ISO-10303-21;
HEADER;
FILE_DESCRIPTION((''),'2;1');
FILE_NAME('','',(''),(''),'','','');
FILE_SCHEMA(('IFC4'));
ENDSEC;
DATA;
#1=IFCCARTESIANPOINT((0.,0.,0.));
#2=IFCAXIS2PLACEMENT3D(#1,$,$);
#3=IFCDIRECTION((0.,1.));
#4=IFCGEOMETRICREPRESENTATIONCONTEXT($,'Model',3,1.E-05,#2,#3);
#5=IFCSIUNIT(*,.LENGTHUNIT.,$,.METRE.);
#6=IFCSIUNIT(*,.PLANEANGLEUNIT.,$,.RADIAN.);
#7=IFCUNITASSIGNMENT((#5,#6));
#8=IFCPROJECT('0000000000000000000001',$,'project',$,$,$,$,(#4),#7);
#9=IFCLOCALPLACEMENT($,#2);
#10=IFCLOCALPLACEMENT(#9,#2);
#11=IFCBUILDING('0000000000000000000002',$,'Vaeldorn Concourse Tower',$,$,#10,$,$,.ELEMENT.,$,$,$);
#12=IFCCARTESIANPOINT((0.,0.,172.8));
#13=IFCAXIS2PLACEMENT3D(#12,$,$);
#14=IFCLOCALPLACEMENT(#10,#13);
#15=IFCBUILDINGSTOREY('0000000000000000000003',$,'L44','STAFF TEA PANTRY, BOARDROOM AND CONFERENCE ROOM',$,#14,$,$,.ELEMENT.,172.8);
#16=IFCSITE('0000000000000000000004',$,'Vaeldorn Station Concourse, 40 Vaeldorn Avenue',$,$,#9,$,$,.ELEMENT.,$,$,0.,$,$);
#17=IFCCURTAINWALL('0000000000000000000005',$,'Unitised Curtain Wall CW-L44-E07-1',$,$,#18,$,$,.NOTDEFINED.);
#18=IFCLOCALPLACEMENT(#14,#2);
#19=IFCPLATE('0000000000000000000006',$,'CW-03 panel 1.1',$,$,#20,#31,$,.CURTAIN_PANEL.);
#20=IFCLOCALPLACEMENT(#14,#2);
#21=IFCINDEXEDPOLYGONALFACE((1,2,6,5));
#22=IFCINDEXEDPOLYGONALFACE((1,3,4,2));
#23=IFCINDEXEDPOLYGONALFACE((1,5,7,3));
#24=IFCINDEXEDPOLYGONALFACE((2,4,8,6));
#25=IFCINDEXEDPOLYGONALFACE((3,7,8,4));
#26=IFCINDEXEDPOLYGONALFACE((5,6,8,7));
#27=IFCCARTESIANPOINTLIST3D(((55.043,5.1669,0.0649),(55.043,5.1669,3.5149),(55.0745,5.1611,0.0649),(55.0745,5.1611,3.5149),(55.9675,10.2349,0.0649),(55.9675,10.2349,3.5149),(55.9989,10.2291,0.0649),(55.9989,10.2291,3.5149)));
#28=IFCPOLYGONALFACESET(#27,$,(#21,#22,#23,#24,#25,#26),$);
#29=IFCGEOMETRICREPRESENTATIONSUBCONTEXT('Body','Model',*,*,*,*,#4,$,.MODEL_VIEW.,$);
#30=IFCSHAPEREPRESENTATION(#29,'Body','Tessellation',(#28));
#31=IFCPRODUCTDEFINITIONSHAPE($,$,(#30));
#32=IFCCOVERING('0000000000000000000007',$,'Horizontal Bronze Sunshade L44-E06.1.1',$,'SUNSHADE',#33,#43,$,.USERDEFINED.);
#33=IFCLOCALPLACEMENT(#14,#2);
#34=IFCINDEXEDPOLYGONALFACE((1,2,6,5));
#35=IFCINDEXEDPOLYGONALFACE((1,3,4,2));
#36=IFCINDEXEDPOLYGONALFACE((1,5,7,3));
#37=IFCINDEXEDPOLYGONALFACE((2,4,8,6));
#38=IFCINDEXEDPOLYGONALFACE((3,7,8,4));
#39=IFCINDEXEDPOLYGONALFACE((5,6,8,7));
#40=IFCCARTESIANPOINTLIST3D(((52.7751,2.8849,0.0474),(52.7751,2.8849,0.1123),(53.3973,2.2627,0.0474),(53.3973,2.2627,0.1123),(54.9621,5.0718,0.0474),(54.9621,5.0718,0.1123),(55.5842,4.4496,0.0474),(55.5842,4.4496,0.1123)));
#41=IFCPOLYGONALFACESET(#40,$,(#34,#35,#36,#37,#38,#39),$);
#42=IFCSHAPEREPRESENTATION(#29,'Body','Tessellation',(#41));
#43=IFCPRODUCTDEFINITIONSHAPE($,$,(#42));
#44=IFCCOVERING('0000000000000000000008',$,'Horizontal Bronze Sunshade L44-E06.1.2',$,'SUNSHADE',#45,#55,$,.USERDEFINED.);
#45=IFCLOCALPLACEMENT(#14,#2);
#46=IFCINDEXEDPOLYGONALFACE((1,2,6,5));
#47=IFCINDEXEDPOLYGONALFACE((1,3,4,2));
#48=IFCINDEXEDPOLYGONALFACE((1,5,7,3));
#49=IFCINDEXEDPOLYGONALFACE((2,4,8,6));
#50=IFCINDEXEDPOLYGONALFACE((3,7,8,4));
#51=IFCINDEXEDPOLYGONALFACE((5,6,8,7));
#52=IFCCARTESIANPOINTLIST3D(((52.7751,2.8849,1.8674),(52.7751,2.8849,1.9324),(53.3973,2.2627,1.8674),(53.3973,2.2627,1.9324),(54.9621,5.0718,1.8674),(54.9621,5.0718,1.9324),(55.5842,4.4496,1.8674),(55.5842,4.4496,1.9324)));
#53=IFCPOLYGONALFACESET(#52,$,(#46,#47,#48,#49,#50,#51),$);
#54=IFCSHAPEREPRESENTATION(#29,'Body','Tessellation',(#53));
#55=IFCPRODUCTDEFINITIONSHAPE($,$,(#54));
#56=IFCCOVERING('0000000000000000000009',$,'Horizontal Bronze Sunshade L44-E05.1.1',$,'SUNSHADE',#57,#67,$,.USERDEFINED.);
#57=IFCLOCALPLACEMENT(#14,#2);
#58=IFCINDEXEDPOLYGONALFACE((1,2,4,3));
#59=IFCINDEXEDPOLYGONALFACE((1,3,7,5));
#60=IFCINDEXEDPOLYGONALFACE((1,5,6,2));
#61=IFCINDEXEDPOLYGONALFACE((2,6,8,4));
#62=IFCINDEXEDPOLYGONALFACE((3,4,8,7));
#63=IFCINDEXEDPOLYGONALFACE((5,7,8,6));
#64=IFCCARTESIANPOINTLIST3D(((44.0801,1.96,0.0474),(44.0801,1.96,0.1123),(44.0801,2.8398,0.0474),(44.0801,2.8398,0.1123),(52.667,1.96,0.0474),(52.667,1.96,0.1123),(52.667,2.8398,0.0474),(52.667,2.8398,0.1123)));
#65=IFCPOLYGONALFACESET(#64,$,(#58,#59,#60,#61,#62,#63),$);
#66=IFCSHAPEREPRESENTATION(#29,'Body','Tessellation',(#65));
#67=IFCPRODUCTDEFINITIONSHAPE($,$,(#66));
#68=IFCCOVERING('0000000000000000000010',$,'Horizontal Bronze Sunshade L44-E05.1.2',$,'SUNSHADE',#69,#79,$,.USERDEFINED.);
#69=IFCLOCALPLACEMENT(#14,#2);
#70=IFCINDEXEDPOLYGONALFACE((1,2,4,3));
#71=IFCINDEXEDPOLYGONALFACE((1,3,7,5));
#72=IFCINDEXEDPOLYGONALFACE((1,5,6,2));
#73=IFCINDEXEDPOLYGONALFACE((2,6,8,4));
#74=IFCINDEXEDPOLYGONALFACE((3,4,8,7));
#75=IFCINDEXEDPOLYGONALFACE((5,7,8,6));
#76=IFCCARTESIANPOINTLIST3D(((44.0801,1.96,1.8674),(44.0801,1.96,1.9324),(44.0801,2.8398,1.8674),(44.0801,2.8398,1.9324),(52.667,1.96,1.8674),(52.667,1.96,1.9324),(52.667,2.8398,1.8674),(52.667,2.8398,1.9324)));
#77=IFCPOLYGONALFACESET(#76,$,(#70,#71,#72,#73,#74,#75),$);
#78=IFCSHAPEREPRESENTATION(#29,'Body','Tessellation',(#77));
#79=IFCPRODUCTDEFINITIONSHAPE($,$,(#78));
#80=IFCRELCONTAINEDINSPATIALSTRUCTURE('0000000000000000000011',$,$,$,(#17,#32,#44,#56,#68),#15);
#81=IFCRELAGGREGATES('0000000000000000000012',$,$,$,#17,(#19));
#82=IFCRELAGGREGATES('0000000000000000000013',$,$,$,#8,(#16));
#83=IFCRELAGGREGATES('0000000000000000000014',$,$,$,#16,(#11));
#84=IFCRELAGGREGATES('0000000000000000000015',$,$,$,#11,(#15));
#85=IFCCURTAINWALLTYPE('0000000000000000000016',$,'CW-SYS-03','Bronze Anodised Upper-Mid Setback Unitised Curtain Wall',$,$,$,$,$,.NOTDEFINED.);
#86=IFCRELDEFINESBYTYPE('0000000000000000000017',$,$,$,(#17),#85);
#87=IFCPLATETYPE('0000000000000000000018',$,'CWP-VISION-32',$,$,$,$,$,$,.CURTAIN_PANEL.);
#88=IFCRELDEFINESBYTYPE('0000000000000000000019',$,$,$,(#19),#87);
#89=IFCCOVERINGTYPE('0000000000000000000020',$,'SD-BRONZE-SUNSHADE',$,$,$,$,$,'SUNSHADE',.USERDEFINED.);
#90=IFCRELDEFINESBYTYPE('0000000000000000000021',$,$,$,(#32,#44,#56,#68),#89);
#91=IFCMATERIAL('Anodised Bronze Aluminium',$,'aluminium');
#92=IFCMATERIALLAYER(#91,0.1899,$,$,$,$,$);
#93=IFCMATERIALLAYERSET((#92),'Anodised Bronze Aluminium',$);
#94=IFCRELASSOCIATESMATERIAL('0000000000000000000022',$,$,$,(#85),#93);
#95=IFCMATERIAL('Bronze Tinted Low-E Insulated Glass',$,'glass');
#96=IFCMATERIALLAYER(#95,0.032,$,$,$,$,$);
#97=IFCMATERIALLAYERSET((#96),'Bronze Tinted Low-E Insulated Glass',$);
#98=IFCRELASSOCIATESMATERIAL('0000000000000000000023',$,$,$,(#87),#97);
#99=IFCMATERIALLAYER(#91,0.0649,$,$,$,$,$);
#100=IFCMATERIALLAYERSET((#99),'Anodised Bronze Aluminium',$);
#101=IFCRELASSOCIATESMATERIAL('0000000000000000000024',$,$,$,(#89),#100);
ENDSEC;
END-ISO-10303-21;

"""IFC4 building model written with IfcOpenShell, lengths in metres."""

from ifc_helpers import new_model, si_unit, direction, frame, origin, origin_2d, place, context, subcontext, project, spatial, rectangle, extrude, source, transform, mapped, material, layer, layer_set, type_object, element, aggregate, save


model = new_model("IFC4")

# Units and contexts
model_context = context("Model", 3, precision=1e-05, world=origin(), true_north=direction((0.0, 1.0)))
body_context = subcontext(model_context, "Body", "Model", "MODEL_VIEW")
ifc_project = project(units=[si_unit("LENGTHUNIT", "METRE"), si_unit("PLANEANGLEUNIT", "RADIAN")], contexts=[model_context])

# Site, building, storey
site_placement = place(None, origin())
site = spatial("IfcSite", under=ifc_project, at=site_placement, Name="Vaeldorn Station Concourse, 40 Vaeldorn Avenue", CompositionType="ELEMENT", RefElevation=0.0)
building_placement = place(site_placement, origin())
building = spatial("IfcBuilding", under=site, at=building_placement, Name="Vaeldorn Concourse Tower", CompositionType="ELEMENT")
storey_placement = place(building_placement, frame((0.0, 0.0, 172.8)))
storey = spatial("IfcBuildingStorey", under=building, at=storey_placement, Name="L44", Description="STAFF TEA PANTRY, BOARDROOM AND CONFERENCE ROOM", CompositionType="ELEMENT", Elevation=172.8)

# Curtain wall
ifc_material_1 = material(Name="Anodised Bronze Aluminium", Category="aluminium")
ifc_layer_1 = layer(ifc_material_1, 0.1899)
ifc_layer_set_1 = layer_set([ifc_layer_1], Name="Anodised Bronze Aluminium")
curtain_wall_type = type_object("IfcCurtainWallType", Name="CW-SYS-03", Description="Bronze Anodised Upper-Mid Setback Unitised Curtain Wall", PredefinedType="NOTDEFINED", material=ifc_layer_set_1)
curtain_wall_1_placement = place(storey_placement, origin())
curtain_wall_1 = element("IfcCurtainWall", 1, at=curtain_wall_1_placement, inside=storey, type_object=curtain_wall_type, Name="Unitised Curtain Wall CW-L44-E07-1", PredefinedType="NOTDEFINED")

# Plate
ifc_material_2 = material(Name="Bronze Tinted Low-E Insulated Glass", Category="glass")
ifc_layer_2 = layer(ifc_material_2, 0.032)
ifc_layer_set_2 = layer_set([ifc_layer_2], Name="Bronze Tinted Low-E Insulated Glass")
plate_type = type_object("IfcPlateType", Name="CWP-VISION-32", PredefinedType="CURTAIN_PANEL", material=ifc_layer_set_2)
shared_shape_1 = source(origin(), body_context, "Body", "SweptSolid", [
    extrude(rectangle(XDim=5.1516, YDim=0.032, at=origin_2d()), origin(), (0.0, 0.0, 1.0), 3.45),
])
plate_1_placement = place(storey_placement, frame((55.521, 7.698, 0.0649), z_axis=(0.0, 0.0, 1.0), x_axis=(0.179446, 0.983768, 0.0)))
plate_1 = element("IfcPlate", 2, at=plate_1_placement, type_object=plate_type, Name="CW-03 panel 1.1", PredefinedType="CURTAIN_PANEL", context=body_context, shape_type="MappedRepresentation", body=[
    mapped(shared_shape_1, transform((0.0, 0.0, 0.0), scale=1.0)),
])
aggregate(curtain_wall_1, [plate_1])

# Coverings
ifc_layer_3 = layer(ifc_material_1, 0.0649)
ifc_layer_set_3 = layer_set([ifc_layer_3], Name="Anodised Bronze Aluminium")
covering_type = type_object("IfcCoveringType", Name="SD-BRONZE-SUNSHADE", ElementType="SUNSHADE", PredefinedType="USERDEFINED", material=ifc_layer_set_3)
shared_shape_2 = source(origin(), body_context, "Body", "SweptSolid", [
    extrude(rectangle(XDim=3.0928, YDim=0.8799, at=origin_2d()), origin(), (0.0, 0.0, 1.0), 0.0649),
])
for number, where, z_axis, x_axis, name in (
    (3, (54.1797, 3.6672, 0.0474), (0.0, 0.0, 1.0), (0.707107, 0.707107, 0.0), "Horizontal Bronze Sunshade L44-E06.1.1"),
    (4, (54.1797, 3.6672, 1.8674), (0.0, 0.0, 1.0), (0.707107, 0.707107, 0.0), "Horizontal Bronze Sunshade L44-E06.1.2"),
):
    element("IfcCovering", number, at=place(storey_placement, frame(where, z_axis=z_axis, x_axis=x_axis)), inside=storey, type_object=covering_type, Name=name, ObjectType="SUNSHADE", PredefinedType="USERDEFINED", context=body_context, shape_type="MappedRepresentation", body=[
        mapped(shared_shape_2, transform((0.0, 0.0, 0.0), scale=1.0)),
    ])
shared_shape_3 = source(origin(), body_context, "Body", "SweptSolid", [
    extrude(rectangle(XDim=8.5869, YDim=0.8799, at=origin_2d()), origin(), (0.0, 0.0, 1.0), 0.0649),
])
for number, where, z_axis, x_axis, name in (
    (5, (48.3735, 2.3999, 0.0474), (0.0, 0.0, 1.0), (1.0, 0.0, 0.0), "Horizontal Bronze Sunshade L44-E05.1.1"),
    (6, (48.3735, 2.3999, 1.8674), (0.0, 0.0, 1.0), (1.0, 0.0, 0.0), "Horizontal Bronze Sunshade L44-E05.1.2"),
):
    element("IfcCovering", number, at=place(storey_placement, frame(where, z_axis=z_axis, x_axis=x_axis)), inside=storey, type_object=covering_type, Name=name, ObjectType="SUNSHADE", PredefinedType="USERDEFINED", context=body_context, shape_type="MappedRepresentation", body=[
        mapped(shared_shape_3, transform((0.0, 0.0, 0.0), scale=1.0)),
    ])

save(model, "model.ifc")
